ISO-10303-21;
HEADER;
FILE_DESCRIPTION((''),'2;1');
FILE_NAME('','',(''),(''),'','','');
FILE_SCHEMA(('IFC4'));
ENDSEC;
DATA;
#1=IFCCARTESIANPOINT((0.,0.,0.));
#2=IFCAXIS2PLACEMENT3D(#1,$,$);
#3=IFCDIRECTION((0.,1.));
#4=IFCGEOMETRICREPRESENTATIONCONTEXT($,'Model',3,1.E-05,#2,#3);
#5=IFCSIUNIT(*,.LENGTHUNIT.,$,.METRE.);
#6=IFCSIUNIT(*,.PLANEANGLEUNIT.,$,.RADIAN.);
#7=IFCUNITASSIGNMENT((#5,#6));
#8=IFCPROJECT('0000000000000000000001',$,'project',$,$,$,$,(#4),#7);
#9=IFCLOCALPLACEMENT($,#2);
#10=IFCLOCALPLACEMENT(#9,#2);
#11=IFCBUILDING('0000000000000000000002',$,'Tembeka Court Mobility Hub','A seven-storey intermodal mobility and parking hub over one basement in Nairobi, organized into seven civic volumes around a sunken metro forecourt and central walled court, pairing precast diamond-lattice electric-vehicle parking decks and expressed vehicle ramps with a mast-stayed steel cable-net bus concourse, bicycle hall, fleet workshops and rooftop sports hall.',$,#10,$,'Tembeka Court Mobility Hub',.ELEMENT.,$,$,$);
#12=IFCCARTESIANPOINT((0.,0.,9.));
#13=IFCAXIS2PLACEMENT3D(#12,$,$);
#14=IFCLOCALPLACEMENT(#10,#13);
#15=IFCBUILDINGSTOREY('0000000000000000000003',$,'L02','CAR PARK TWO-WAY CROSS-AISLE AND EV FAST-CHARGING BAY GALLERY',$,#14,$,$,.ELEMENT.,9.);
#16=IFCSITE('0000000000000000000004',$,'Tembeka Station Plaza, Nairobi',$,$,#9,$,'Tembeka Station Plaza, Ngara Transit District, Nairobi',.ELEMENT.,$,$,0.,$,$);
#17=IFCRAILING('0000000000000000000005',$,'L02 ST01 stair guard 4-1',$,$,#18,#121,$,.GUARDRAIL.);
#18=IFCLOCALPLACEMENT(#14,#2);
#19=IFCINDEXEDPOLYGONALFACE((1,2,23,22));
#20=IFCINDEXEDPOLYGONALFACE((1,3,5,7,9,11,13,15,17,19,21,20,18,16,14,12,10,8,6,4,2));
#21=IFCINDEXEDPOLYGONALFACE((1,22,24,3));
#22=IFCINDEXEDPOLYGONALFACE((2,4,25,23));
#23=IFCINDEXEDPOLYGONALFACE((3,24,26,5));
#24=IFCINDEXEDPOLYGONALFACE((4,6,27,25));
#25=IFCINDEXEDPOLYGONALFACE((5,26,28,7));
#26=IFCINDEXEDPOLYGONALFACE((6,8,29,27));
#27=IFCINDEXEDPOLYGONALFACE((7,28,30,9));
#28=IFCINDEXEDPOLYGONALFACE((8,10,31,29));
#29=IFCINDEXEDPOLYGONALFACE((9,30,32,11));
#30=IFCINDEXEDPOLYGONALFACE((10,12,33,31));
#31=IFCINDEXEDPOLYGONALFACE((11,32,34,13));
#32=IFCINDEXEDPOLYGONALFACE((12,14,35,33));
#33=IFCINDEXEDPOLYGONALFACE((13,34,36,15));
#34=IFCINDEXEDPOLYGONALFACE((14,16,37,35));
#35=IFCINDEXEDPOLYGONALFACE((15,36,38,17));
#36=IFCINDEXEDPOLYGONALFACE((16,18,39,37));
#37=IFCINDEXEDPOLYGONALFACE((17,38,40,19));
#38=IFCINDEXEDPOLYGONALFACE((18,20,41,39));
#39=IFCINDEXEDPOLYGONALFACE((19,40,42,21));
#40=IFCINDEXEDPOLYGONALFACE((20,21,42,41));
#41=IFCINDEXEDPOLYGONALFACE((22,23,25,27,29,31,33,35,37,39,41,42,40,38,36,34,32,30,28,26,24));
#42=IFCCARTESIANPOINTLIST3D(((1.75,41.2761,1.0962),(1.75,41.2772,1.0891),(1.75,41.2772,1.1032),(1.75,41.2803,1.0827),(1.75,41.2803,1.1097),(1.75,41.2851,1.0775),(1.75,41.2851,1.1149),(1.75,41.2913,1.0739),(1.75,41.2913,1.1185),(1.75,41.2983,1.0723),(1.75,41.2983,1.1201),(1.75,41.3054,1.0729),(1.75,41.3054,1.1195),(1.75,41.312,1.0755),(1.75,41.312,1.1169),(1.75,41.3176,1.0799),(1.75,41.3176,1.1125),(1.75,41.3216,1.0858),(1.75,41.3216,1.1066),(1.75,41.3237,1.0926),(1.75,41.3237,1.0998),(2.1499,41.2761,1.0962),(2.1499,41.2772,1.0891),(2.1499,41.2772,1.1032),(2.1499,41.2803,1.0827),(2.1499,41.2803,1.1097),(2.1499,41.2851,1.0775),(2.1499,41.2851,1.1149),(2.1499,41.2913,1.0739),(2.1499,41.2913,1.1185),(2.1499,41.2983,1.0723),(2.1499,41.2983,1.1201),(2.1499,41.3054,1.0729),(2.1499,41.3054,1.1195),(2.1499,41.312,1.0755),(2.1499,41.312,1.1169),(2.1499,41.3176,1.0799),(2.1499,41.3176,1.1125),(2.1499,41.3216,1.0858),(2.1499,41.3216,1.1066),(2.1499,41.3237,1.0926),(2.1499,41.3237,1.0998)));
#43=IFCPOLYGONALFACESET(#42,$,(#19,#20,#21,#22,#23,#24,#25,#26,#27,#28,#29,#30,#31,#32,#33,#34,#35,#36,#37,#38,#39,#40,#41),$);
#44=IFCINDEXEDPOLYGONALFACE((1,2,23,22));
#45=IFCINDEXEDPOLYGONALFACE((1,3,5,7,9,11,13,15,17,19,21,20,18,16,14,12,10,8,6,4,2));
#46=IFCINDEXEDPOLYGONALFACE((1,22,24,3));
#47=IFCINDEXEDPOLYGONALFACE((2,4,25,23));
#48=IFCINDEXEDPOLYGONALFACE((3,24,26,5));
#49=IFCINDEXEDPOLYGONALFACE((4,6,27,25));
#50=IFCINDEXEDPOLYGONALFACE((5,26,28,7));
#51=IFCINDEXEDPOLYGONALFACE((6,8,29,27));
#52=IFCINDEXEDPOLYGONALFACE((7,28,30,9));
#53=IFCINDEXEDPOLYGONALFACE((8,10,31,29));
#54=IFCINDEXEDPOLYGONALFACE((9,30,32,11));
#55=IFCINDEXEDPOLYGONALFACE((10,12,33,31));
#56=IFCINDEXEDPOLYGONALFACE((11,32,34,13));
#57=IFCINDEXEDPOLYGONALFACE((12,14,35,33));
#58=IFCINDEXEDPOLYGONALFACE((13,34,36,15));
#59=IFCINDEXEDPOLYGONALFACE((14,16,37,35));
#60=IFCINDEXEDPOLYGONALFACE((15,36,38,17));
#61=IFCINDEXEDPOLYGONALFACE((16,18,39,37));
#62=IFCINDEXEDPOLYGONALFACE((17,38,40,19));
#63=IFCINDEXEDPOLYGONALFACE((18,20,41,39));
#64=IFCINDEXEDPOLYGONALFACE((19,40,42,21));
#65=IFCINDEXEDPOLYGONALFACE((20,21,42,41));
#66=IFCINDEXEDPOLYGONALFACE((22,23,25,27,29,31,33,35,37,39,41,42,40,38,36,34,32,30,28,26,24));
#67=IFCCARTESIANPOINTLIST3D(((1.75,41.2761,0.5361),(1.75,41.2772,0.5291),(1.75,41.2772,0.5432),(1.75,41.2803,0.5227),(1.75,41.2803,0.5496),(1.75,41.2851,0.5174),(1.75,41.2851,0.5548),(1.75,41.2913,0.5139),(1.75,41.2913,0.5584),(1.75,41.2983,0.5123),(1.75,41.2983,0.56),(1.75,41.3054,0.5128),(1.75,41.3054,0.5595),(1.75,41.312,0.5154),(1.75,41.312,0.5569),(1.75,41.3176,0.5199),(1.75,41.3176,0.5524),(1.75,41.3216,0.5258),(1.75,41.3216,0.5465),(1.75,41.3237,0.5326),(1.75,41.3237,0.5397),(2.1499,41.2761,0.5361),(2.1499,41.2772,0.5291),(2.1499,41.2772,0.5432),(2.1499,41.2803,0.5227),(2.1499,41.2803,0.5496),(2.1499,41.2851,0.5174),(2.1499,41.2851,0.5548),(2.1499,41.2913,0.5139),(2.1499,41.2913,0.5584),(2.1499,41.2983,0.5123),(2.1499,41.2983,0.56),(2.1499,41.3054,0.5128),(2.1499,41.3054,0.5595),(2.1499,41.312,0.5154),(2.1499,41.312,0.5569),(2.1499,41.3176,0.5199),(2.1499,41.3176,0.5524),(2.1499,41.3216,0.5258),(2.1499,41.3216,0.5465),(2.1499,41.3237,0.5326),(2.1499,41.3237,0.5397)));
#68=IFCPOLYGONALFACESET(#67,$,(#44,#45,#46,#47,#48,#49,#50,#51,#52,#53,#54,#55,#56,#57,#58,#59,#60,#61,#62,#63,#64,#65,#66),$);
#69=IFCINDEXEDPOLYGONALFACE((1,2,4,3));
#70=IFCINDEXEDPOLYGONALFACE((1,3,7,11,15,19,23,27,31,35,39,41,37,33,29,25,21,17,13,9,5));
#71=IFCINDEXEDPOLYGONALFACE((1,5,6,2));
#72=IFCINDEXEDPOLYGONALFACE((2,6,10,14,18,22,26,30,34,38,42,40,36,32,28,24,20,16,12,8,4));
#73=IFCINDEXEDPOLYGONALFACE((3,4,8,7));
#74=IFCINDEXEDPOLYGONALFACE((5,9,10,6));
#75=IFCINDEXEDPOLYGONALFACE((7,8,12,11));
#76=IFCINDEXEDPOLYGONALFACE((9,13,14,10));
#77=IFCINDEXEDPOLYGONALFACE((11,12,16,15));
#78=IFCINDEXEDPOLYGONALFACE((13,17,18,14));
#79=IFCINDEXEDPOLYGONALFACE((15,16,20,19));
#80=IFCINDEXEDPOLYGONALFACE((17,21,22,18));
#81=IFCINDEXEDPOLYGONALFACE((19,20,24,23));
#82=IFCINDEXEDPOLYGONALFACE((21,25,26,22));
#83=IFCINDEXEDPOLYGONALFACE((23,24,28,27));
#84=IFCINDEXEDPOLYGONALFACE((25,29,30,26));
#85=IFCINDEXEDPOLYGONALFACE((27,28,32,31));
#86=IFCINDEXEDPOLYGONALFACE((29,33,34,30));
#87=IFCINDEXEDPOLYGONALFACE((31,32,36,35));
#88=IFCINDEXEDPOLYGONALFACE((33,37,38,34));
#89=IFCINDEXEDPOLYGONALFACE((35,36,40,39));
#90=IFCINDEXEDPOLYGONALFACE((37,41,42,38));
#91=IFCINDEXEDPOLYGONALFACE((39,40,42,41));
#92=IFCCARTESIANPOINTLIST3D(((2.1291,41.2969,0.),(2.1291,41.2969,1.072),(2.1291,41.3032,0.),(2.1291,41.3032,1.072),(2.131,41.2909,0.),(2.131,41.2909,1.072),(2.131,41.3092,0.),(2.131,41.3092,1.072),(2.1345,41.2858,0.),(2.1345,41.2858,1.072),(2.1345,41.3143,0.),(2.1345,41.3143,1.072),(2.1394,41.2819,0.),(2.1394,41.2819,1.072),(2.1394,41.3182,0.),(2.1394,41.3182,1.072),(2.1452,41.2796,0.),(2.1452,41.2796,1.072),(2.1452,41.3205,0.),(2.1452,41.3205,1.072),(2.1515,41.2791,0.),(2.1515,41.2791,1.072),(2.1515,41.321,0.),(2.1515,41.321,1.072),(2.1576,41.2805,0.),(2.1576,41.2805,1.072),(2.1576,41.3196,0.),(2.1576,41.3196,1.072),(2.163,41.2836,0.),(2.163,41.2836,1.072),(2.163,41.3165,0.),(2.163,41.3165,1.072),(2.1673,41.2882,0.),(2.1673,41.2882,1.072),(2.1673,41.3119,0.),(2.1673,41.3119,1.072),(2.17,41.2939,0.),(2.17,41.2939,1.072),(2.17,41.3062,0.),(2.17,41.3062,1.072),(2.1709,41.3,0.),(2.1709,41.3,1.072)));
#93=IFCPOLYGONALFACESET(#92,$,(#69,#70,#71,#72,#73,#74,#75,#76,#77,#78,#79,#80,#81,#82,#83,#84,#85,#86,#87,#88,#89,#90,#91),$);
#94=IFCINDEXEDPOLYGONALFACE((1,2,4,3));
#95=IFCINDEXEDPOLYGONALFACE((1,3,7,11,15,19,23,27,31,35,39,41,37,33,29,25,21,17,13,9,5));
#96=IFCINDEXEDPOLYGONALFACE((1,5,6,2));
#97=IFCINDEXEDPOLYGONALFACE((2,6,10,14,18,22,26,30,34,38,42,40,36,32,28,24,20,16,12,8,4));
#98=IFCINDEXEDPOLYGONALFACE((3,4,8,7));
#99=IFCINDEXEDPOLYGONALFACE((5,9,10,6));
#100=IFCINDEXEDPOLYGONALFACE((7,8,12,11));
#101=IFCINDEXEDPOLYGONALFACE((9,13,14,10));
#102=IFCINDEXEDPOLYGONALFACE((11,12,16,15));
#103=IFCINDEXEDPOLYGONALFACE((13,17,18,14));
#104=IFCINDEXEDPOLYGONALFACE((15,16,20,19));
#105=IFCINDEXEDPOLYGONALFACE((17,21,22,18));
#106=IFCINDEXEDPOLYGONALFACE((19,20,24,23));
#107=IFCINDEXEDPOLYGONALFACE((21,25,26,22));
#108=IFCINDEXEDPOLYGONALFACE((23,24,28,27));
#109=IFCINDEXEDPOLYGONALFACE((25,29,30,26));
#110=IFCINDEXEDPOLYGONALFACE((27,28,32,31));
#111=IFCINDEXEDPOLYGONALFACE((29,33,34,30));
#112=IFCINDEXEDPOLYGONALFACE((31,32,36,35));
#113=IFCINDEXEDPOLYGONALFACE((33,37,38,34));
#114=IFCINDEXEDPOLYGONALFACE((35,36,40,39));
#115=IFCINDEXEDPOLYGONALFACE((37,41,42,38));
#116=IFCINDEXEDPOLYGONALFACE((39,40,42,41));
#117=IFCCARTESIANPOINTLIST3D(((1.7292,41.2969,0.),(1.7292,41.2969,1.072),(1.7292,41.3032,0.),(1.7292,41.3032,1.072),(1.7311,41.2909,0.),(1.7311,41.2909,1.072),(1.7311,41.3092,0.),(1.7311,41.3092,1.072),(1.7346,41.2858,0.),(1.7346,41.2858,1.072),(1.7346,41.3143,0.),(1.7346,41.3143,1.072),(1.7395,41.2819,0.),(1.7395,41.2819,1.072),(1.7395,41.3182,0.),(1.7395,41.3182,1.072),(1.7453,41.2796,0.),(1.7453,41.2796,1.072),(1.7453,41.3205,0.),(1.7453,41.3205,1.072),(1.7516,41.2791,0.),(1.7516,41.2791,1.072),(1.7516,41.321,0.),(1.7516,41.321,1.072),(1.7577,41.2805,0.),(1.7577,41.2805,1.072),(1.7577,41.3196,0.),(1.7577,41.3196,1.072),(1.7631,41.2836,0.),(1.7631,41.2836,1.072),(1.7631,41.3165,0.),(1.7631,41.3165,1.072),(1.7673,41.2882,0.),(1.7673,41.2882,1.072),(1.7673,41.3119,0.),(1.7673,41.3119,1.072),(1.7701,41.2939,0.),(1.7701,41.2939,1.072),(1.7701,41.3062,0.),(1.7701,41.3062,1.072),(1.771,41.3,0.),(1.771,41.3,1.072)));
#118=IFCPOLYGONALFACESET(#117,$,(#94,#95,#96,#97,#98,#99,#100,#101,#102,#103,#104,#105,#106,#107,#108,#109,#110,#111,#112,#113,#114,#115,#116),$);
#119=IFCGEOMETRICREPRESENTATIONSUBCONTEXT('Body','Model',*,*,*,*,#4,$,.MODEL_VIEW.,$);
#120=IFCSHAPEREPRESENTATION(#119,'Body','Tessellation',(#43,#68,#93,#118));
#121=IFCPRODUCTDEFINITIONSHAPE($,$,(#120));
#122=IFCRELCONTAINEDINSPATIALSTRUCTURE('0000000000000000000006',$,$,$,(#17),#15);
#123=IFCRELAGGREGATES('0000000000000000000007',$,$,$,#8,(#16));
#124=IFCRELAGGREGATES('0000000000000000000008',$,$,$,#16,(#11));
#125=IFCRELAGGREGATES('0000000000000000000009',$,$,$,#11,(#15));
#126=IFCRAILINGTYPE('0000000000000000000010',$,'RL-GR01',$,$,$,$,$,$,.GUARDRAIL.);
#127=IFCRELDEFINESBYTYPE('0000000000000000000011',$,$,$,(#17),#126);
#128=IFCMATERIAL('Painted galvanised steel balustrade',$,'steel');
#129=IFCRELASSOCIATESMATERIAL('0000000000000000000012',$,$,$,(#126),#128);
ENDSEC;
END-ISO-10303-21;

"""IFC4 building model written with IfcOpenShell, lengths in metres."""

from ifc_helpers import new_model, si_unit, direction, frame, origin, origin_2d, place, context, subcontext, project, spatial, circle, extrude, material, type_object, element, save


model = new_model("IFC4")

# Units and contexts
model_context = context("Model", 3, precision=1e-05, world=origin(), true_north=direction((0.0, 1.0)))
body_context = subcontext(model_context, "Body", "Model", "MODEL_VIEW")
ifc_project = project(units=[si_unit("LENGTHUNIT", "METRE"), si_unit("PLANEANGLEUNIT", "RADIAN")], contexts=[model_context])

# Site, building, storey
site_placement = place(None, origin())
site = spatial("IfcSite", under=ifc_project, at=site_placement, Name="Tembeka Station Plaza, Nairobi", LongName="Tembeka Station Plaza, Ngara Transit District, Nairobi", CompositionType="ELEMENT", RefElevation=0.0)
building_placement = place(site_placement, origin())
building = spatial("IfcBuilding", under=site, at=building_placement, Name="Tembeka Court Mobility Hub", Description="A seven-storey intermodal mobility and parking hub over one basement in Nairobi, organized into seven civic volumes around a sunken metro forecourt and central walled court, pairing precast diamond-lattice electric-vehicle parking decks and expressed vehicle ramps with a mast-stayed steel cable-net bus concourse, bicycle hall, fleet workshops and rooftop sports hall.", LongName="Tembeka Court Mobility Hub", CompositionType="ELEMENT")
storey_placement = place(building_placement, frame((0.0, 0.0, 9.0)))
storey = spatial("IfcBuildingStorey", under=building, at=storey_placement, Name="L02", Description="CAR PARK TWO-WAY CROSS-AISLE AND EV FAST-CHARGING BAY GALLERY", CompositionType="ELEMENT", Elevation=9.0)

# Railing
ifc_material_1 = material(Name="Painted galvanised steel balustrade", Category="steel")
railing_type_1 = type_object("IfcRailingType", Name="RL-GR01", PredefinedType="GUARDRAIL", material=ifc_material_1)
railing_1_placement = place(storey_placement, frame((2.1499, 41.3, 0.0)))
element("IfcRailing", 1, at=railing_1_placement, inside=storey, type_object=railing_type_1, Name="L02 ST01 stair guard 4-1", PredefinedType="GUARDRAIL", context=body_context, shape_type="SweptSolid", body=[
    extrude(circle(Radius=0.0239, at=origin_2d()), frame((0.0, 0.0, 1.0962), z_axis=(-1.0, 0.0, 0.0), x_axis=(0.0, -1.0, 0.0)), (0.0, 0.0, 1.0), 0.3999),
    extrude(circle(Radius=0.0239, at=origin_2d()), frame((0.0, 0.0, 0.5361), z_axis=(-1.0, 0.0, 0.0), x_axis=(0.0, -1.0, 0.0)), (0.0, 0.0, 1.0), 0.3999),
    extrude(circle(Radius=0.021, at=origin_2d()), origin(), (0.0, 0.0, 1.0), 1.072),
    extrude(circle(Radius=0.021, at=origin_2d()), frame((-0.3999, 0.0, 0.0)), (0.0, 0.0, 1.0), 1.072),
])

save(model, "model.ifc")
